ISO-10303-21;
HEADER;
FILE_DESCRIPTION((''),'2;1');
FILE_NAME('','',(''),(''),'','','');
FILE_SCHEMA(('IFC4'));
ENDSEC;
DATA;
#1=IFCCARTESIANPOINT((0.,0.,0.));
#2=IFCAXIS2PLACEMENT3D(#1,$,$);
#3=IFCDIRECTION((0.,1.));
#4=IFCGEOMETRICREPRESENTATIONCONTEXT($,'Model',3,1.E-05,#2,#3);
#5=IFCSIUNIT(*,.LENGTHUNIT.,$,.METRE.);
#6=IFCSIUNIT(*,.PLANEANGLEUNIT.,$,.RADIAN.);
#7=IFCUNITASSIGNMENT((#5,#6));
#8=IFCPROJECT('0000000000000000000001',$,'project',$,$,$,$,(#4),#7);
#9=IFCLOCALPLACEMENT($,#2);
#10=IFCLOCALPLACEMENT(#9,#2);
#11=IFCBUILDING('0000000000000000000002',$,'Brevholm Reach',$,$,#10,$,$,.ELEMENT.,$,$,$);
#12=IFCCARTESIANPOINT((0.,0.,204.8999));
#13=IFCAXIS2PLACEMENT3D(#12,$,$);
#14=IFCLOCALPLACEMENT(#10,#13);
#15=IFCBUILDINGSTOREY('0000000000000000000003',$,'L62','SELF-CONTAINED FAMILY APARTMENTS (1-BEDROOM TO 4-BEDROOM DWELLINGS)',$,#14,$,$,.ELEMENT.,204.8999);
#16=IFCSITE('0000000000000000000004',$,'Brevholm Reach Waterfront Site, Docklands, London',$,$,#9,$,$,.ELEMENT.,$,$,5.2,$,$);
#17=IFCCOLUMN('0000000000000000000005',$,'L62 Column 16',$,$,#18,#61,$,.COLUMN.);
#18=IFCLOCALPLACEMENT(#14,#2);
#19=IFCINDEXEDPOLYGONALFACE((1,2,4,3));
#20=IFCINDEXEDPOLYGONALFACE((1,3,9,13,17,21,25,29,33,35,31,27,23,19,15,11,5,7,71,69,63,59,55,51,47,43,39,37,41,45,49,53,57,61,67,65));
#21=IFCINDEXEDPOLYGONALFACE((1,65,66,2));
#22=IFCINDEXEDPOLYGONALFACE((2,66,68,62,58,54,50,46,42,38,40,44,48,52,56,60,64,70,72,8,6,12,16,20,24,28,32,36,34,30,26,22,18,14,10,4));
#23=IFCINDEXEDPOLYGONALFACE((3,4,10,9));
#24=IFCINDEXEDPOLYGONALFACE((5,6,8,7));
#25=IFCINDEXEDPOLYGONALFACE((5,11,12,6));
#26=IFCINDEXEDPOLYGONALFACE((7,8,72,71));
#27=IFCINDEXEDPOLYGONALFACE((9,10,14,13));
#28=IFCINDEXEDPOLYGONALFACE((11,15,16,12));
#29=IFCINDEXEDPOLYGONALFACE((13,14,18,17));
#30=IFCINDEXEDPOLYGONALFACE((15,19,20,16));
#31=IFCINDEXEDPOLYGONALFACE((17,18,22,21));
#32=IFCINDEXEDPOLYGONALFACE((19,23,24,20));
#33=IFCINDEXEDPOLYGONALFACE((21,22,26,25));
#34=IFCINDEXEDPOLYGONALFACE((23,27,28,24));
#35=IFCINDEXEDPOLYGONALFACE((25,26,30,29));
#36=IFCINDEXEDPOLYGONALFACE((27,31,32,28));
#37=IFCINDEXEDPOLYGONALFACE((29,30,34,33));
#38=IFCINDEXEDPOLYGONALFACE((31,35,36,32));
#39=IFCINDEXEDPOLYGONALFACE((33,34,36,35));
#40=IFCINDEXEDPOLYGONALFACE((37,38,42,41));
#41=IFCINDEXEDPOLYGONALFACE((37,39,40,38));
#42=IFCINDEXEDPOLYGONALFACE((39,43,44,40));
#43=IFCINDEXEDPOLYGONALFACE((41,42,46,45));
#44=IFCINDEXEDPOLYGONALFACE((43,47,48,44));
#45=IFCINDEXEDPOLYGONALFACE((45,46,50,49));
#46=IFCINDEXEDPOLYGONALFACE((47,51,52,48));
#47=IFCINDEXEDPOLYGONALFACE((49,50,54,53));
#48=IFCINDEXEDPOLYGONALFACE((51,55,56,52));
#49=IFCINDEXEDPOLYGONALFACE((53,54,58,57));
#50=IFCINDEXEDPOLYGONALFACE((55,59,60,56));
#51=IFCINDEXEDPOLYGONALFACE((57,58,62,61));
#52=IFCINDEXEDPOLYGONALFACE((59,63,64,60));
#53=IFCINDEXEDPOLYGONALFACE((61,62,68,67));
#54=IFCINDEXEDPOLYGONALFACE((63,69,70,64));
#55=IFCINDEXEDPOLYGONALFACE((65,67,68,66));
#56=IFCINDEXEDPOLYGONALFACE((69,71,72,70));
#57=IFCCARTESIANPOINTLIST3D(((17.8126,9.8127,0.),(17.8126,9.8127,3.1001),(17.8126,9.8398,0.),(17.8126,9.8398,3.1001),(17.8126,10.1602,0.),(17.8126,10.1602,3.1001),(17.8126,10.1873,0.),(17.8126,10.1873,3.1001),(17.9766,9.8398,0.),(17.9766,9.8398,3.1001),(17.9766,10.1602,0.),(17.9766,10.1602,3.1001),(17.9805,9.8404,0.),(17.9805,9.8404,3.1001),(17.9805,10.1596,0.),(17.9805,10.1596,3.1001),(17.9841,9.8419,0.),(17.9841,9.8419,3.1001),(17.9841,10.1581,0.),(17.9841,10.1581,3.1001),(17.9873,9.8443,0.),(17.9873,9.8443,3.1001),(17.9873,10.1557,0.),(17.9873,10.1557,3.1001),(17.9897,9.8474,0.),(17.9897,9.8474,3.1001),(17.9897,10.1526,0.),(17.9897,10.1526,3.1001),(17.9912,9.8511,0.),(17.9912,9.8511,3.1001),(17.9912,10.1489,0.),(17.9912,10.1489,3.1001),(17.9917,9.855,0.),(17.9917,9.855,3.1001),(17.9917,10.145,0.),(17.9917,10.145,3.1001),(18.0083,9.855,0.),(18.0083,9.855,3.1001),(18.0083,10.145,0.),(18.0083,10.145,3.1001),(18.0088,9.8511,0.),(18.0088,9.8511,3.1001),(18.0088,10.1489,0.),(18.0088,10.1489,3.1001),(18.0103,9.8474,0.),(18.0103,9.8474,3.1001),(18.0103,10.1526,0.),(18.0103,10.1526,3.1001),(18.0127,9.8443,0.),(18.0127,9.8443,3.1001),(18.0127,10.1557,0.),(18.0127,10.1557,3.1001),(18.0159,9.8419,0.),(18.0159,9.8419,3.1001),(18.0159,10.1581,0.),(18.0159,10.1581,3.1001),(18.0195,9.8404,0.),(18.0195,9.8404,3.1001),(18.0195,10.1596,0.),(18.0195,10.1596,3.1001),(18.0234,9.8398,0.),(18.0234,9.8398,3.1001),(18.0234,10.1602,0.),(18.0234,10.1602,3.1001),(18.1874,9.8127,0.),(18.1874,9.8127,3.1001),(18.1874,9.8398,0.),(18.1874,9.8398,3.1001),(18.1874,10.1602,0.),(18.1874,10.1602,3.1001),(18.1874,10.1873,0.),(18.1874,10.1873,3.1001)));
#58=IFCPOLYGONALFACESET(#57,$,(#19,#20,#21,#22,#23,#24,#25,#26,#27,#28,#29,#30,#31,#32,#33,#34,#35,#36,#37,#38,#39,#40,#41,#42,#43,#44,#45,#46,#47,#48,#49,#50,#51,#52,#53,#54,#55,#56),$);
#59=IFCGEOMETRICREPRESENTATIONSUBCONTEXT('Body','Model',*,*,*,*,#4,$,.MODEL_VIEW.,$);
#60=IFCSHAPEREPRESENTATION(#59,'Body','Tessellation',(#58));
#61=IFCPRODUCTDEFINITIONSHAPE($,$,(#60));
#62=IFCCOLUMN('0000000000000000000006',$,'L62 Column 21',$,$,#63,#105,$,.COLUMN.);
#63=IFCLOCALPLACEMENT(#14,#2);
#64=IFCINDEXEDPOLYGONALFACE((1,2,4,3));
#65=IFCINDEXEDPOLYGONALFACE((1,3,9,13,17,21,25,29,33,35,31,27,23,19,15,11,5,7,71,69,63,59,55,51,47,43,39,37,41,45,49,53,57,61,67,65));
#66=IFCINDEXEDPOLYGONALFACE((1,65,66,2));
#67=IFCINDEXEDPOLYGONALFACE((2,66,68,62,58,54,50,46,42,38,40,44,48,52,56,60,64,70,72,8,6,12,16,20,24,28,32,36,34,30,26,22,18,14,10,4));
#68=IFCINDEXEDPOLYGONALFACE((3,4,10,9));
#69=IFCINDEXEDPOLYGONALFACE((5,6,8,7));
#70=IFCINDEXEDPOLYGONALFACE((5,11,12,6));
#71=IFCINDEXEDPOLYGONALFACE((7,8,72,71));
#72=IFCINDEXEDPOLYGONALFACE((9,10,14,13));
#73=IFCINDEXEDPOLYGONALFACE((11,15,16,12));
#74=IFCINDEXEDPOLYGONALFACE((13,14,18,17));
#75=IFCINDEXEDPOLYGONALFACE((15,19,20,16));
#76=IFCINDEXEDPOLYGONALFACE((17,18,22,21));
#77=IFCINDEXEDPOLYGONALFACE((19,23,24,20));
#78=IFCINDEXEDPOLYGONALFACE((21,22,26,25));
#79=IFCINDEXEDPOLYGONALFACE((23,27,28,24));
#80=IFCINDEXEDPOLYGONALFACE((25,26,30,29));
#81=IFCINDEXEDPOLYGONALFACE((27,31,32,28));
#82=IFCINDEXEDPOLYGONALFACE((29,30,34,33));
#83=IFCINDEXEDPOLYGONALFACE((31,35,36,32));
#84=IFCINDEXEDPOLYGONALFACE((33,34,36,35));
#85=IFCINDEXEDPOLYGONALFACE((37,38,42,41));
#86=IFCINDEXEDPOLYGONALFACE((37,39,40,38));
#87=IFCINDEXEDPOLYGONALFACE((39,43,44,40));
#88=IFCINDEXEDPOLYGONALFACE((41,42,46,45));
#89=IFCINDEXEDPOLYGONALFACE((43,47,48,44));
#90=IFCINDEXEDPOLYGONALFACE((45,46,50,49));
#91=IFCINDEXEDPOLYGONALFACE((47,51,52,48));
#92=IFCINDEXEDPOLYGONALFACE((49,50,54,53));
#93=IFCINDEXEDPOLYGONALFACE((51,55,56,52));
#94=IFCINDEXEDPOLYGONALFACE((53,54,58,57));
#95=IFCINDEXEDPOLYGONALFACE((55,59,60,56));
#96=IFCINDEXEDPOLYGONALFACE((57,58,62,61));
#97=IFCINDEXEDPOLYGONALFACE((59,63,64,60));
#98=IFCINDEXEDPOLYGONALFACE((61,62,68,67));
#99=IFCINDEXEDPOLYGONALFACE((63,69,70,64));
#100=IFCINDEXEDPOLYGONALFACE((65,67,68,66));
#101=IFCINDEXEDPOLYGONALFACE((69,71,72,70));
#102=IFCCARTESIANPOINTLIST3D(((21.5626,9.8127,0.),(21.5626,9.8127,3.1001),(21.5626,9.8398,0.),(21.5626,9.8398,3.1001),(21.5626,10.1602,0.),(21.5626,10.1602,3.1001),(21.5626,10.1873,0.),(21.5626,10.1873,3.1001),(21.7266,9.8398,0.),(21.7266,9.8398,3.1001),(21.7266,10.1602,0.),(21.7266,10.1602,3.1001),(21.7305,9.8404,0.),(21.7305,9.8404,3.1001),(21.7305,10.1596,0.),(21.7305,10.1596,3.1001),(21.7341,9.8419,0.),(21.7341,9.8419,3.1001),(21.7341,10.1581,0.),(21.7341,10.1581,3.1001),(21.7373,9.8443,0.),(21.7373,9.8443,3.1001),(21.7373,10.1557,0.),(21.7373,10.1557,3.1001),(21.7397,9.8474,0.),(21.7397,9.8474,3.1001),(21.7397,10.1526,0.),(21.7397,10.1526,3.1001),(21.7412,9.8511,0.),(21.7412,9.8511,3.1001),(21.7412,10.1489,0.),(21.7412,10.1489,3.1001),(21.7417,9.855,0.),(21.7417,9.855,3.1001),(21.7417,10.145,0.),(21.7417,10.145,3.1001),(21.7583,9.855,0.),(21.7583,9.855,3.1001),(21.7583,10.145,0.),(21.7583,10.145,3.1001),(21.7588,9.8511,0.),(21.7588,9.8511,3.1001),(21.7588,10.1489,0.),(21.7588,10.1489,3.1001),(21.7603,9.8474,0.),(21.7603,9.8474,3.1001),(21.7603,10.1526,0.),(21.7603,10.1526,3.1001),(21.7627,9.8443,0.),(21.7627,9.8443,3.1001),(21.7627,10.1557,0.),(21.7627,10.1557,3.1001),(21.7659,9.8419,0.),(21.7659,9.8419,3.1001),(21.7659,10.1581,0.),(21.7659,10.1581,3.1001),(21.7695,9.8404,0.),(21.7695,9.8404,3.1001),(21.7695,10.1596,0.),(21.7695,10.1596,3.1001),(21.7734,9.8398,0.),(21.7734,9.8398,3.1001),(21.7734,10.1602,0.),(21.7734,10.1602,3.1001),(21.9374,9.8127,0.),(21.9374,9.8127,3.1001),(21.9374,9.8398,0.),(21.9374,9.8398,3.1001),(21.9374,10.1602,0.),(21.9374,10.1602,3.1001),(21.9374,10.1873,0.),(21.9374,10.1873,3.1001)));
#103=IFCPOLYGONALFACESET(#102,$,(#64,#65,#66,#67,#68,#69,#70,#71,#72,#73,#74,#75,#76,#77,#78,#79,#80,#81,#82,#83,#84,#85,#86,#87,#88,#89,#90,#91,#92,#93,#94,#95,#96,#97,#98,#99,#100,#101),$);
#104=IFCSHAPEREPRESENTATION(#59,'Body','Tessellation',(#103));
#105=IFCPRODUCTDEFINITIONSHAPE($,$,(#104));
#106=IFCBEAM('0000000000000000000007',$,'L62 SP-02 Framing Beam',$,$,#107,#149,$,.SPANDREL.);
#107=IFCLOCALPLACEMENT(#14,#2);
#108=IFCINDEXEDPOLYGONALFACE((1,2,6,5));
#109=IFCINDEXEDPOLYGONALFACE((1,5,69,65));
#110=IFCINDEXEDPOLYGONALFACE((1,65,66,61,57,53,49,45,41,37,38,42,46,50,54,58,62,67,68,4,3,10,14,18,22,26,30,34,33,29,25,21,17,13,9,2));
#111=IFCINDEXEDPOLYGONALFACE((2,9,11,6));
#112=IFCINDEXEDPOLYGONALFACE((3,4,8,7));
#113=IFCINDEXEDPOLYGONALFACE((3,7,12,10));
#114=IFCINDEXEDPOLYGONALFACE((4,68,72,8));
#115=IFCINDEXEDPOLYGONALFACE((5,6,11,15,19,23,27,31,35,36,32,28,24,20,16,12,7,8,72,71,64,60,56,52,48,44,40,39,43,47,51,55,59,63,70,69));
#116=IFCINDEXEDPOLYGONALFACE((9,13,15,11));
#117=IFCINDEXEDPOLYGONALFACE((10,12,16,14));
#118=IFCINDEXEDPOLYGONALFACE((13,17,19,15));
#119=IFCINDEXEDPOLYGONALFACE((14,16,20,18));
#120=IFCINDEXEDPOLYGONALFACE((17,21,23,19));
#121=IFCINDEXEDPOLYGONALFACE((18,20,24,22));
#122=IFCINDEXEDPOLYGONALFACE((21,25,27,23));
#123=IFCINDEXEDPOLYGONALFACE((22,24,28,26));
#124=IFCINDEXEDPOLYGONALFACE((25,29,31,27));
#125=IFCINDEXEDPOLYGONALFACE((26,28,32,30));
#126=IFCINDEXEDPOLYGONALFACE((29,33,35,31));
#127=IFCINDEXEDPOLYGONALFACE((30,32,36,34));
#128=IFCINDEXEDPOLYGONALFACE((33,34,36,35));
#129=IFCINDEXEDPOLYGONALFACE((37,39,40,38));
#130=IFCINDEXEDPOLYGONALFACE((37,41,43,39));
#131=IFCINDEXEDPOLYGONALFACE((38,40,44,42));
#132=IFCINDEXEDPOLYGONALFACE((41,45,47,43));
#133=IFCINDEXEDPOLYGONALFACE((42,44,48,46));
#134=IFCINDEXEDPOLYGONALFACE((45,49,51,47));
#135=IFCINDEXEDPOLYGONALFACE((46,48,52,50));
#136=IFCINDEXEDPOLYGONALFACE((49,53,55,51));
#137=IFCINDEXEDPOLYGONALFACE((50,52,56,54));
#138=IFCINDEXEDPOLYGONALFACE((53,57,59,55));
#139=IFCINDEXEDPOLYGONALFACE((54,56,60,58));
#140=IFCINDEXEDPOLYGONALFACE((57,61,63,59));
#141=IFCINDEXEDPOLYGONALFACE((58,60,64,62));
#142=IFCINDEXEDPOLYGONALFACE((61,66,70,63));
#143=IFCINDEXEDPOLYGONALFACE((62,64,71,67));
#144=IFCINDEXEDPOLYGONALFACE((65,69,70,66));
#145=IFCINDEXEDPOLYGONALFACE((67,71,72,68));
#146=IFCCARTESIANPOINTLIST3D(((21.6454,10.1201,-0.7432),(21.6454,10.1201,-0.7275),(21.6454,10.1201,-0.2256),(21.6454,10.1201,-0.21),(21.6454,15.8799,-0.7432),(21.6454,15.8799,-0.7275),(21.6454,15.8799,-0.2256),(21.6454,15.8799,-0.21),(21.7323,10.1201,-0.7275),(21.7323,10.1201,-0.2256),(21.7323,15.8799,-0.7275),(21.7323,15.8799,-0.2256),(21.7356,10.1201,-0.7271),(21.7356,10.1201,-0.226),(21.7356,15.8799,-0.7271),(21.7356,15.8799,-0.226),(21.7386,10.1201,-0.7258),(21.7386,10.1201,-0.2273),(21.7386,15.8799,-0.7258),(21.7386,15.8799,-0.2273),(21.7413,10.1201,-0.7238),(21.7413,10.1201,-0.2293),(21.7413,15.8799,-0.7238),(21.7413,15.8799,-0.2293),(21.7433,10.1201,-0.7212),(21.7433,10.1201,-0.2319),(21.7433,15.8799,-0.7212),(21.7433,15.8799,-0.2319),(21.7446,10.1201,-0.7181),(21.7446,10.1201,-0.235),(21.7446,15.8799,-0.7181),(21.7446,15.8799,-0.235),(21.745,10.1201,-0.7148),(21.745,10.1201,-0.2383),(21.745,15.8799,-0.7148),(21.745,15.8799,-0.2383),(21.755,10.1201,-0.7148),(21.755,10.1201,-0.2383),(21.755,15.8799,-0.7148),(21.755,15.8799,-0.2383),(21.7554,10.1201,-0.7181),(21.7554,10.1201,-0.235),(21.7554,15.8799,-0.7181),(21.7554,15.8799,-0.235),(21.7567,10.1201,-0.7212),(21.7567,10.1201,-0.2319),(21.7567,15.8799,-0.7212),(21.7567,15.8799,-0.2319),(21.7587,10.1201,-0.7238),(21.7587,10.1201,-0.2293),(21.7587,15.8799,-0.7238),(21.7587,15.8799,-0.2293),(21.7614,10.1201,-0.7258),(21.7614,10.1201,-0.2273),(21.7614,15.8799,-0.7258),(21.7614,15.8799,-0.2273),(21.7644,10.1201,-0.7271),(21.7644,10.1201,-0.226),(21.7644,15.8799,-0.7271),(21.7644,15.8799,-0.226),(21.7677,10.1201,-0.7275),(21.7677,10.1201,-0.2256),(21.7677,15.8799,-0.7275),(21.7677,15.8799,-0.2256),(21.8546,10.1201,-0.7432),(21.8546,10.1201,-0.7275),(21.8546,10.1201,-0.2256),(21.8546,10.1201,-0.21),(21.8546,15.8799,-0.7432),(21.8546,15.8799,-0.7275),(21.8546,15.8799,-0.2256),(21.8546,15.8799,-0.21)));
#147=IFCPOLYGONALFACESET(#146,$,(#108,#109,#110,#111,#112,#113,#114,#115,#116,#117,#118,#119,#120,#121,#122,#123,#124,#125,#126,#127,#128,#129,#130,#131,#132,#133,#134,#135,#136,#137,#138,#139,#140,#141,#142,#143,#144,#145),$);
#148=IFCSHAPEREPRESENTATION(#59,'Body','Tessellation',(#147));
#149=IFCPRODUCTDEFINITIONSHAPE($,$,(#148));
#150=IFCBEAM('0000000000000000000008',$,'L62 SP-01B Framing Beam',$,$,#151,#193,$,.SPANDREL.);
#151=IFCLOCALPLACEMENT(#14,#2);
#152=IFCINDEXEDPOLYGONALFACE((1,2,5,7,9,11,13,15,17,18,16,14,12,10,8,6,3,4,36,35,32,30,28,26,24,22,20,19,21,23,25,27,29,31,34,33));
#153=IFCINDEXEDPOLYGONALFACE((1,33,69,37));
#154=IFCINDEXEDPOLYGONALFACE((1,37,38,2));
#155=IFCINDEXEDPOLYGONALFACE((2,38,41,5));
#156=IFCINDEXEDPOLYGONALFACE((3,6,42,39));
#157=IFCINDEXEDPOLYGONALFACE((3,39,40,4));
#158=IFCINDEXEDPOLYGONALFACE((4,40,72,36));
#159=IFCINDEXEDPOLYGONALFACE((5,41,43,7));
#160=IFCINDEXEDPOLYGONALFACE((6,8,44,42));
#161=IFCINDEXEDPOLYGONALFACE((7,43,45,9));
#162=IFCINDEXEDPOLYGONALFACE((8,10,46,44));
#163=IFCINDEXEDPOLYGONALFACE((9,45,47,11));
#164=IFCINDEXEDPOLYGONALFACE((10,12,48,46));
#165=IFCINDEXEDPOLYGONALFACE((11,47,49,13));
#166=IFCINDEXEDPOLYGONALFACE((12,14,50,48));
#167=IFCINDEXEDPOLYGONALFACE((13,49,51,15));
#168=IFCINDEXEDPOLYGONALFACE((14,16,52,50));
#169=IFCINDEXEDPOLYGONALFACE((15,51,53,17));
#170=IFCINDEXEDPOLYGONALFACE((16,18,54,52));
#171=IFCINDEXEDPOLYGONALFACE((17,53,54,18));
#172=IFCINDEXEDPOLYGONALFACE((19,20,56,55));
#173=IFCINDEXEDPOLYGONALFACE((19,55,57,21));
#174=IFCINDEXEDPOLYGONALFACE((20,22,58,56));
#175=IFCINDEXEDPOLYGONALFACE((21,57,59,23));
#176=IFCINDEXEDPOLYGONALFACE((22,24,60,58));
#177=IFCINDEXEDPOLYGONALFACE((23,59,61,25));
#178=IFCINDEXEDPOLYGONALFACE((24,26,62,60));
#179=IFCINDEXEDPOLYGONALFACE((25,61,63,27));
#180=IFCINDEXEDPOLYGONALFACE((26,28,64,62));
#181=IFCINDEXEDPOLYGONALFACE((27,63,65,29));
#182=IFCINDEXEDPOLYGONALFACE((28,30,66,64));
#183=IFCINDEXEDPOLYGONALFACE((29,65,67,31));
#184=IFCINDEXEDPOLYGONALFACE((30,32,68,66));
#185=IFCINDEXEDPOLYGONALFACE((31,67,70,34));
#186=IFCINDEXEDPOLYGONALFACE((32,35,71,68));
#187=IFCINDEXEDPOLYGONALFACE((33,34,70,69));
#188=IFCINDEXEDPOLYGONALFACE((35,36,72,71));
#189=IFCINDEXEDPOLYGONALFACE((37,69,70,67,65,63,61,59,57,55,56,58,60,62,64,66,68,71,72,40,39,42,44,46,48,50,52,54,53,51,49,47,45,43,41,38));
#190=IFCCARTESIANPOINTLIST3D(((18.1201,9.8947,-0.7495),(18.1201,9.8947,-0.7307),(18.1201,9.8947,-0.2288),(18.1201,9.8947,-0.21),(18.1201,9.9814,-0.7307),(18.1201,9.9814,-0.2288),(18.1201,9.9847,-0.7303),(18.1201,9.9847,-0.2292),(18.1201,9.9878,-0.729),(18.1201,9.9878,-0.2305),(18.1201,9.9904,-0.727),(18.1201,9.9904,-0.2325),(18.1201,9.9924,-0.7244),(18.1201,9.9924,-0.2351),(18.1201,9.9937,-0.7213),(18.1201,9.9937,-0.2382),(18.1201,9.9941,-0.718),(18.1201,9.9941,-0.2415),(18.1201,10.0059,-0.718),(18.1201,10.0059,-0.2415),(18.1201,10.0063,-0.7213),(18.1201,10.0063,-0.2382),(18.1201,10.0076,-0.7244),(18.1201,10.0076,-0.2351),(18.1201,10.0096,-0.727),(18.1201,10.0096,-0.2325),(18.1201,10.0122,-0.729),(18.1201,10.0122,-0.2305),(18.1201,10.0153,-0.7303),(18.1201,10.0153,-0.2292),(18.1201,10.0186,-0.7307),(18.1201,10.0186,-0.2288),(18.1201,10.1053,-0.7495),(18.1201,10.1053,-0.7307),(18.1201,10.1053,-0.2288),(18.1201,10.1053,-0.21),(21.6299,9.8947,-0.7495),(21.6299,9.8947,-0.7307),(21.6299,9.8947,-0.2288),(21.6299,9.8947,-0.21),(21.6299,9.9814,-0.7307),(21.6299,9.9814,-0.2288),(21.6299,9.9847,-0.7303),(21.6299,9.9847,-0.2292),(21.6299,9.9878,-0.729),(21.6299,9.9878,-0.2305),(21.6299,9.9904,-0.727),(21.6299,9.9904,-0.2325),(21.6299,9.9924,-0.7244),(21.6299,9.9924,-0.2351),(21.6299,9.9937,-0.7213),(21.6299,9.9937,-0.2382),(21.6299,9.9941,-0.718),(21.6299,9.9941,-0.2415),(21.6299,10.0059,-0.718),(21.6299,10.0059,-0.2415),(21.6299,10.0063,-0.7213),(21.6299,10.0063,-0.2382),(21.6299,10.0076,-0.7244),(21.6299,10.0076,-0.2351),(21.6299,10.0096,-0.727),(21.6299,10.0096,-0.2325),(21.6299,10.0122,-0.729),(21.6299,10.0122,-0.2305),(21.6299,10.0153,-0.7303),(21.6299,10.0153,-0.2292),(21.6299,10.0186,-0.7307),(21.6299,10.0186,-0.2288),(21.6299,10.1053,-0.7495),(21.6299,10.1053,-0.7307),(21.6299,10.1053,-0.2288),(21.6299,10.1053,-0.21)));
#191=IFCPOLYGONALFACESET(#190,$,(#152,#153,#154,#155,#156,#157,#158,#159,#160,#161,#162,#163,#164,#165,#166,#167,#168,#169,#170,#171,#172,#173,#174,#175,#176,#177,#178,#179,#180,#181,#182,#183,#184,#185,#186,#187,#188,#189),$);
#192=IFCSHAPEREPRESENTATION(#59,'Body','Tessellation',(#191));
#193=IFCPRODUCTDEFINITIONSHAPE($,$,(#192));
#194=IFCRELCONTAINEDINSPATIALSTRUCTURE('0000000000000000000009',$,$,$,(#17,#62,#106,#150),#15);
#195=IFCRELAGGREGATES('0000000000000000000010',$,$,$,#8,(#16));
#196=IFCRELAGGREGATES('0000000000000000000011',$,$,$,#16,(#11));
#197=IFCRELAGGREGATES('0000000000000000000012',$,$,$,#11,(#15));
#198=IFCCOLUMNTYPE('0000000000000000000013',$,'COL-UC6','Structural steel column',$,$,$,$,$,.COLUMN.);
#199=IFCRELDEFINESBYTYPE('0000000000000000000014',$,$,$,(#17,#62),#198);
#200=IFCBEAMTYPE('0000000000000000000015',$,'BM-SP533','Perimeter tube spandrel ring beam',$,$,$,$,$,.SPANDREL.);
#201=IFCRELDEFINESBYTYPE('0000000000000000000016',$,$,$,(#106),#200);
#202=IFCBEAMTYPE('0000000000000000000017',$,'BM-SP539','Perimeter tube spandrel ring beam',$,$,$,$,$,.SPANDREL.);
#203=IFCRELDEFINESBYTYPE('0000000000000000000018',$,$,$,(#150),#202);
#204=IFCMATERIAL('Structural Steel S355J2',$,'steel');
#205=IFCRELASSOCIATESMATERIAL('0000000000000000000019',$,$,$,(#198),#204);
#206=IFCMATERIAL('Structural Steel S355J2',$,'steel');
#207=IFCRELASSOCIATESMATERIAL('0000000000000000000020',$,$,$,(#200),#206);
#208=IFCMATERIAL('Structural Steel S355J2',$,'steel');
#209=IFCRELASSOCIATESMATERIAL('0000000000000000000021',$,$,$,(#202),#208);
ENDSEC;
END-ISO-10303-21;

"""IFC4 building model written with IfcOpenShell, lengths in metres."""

from ifc_helpers import new_model, si_unit, direction, frame, origin, origin_2d, place, context, subcontext, project, spatial, i_section, extrude, material, material_profile, profile_set, type_object, element, save


model = new_model("IFC4")

# Units and contexts
model_context = context("Model", 3, precision=1e-05, world=origin(), true_north=direction((0.0, 1.0)))
body_context = subcontext(model_context, "Body", "Model", "MODEL_VIEW")
ifc_project = project(units=[si_unit("LENGTHUNIT", "METRE"), si_unit("PLANEANGLEUNIT", "RADIAN")], contexts=[model_context])

# Site, building, storey
site_placement = place(None, origin())
site = spatial("IfcSite", under=ifc_project, at=site_placement, Name="Brevholm Reach Waterfront Site, Docklands, London", CompositionType="ELEMENT", RefElevation=5.2)
building_placement = place(site_placement, origin())
building = spatial("IfcBuilding", under=site, at=building_placement, Name="Brevholm Reach", CompositionType="ELEMENT")
storey_placement = place(building_placement, frame((0.0, 0.0, 204.8999)))
storey = spatial("IfcBuildingStorey", under=building, at=storey_placement, Name="L62", Description="SELF-CONTAINED FAMILY APARTMENTS (1-BEDROOM TO 4-BEDROOM DWELLINGS)", CompositionType="ELEMENT", Elevation=204.8999)

# Columns
ifc_material_1 = material(Name="Structural Steel S355J2", Category="steel")
ifc_material_profile_1 = material_profile(ifc_material_1, i_section(OverallWidth=0.3748, OverallDepth=0.3745, WebThickness=0.0166, FlangeThickness=0.0271, FilletRadius=0.0151, at=origin_2d()), Name="UKC 356x368x202")
ifc_profile_set_1 = profile_set([ifc_material_profile_1], Name="Structural Steel S355J2")
column_type = type_object("IfcColumnType", Name="COL-UC6", Description="Structural steel column", PredefinedType="COLUMN", material=ifc_profile_set_1)
for number, where, z_axis, x_axis, name in (
    (1, (18.0, 10.0, 0.0), (0.0, 0.0, 1.0), (1.0, 0.0, 0.0), "L62 Column 16"),
    (2, (21.75, 10.0, 0.0), (0.0, 0.0, 1.0), (1.0, 0.0, 0.0), "L62 Column 21"),
):
    element("IfcColumn", number, at=place(storey_placement, frame(where, z_axis=z_axis, x_axis=x_axis)), inside=storey, type_object=column_type, Name=name, PredefinedType="COLUMN", context=body_context, shape_type="SweptSolid", body=[
        extrude(i_section(OverallWidth=0.3748, OverallDepth=0.3745, WebThickness=0.0166, FlangeThickness=0.0271, FilletRadius=0.0151, at=origin_2d()), origin(), (0.0, 0.0, 1.0), 3.1001),
    ])

# Beams
ifc_material_2 = material(Name="Structural Steel S355J2", Category="steel")
ifc_material_profile_2 = material_profile(ifc_material_2, i_section(OverallWidth=0.2092, OverallDepth=0.5332, WebThickness=0.01, FlangeThickness=0.0156, FilletRadius=0.0127, at=origin_2d()), Name="UKB 533x210x92")
ifc_profile_set_2 = profile_set([ifc_material_profile_2], Name="Structural Steel S355J2")
beam_type_1 = type_object("IfcBeamType", Name="BM-SP533", Description="Perimeter tube spandrel ring beam", PredefinedType="SPANDREL", material=ifc_profile_set_2)
beam_1_placement = place(storey_placement, frame((21.75, 10.1201, -0.4766), z_axis=(0.0, 1.0, 0.0), x_axis=(-1.0, 0.0, 0.0)))
element("IfcBeam", 3, at=beam_1_placement, inside=storey, type_object=beam_type_1, Name="L62 SP-02 Framing Beam", PredefinedType="SPANDREL", context=body_context, shape_type="SweptSolid", body=[
    extrude(i_section(OverallWidth=0.2092, OverallDepth=0.5332, WebThickness=0.01, FlangeThickness=0.0156, FilletRadius=0.0127, at=origin_2d()), origin(), (0.0, 0.0, 1.0), 5.7598),
])
ifc_material_3 = material(Name="Structural Steel S355J2", Category="steel")
ifc_material_profile_3 = material_profile(ifc_material_3, i_section(OverallWidth=0.2107, OverallDepth=0.5396, WebThickness=0.0117, FlangeThickness=0.0188, FilletRadius=0.0127, at=origin_2d()), Name="UKB 533x210x109")
ifc_profile_set_3 = profile_set([ifc_material_profile_3], Name="Structural Steel S355J2")
beam_type_2 = type_object("IfcBeamType", Name="BM-SP539", Description="Perimeter tube spandrel ring beam", PredefinedType="SPANDREL", material=ifc_profile_set_3)
beam_2_placement = place(storey_placement, frame((18.1201, 10.0, -0.4797), z_axis=(1.0, 0.0, 0.0), x_axis=(0.0, 1.0, 0.0)))
element("IfcBeam", 4, at=beam_2_placement, inside=storey, type_object=beam_type_2, Name="L62 SP-01B Framing Beam", PredefinedType="SPANDREL", context=body_context, shape_type="SweptSolid", body=[
    extrude(i_section(OverallWidth=0.2107, OverallDepth=0.5396, WebThickness=0.0117, FlangeThickness=0.0188, FilletRadius=0.0127, at=origin_2d()), origin(), (0.0, 0.0, 1.0), 3.5098),
])

save(model, "model.ifc")
